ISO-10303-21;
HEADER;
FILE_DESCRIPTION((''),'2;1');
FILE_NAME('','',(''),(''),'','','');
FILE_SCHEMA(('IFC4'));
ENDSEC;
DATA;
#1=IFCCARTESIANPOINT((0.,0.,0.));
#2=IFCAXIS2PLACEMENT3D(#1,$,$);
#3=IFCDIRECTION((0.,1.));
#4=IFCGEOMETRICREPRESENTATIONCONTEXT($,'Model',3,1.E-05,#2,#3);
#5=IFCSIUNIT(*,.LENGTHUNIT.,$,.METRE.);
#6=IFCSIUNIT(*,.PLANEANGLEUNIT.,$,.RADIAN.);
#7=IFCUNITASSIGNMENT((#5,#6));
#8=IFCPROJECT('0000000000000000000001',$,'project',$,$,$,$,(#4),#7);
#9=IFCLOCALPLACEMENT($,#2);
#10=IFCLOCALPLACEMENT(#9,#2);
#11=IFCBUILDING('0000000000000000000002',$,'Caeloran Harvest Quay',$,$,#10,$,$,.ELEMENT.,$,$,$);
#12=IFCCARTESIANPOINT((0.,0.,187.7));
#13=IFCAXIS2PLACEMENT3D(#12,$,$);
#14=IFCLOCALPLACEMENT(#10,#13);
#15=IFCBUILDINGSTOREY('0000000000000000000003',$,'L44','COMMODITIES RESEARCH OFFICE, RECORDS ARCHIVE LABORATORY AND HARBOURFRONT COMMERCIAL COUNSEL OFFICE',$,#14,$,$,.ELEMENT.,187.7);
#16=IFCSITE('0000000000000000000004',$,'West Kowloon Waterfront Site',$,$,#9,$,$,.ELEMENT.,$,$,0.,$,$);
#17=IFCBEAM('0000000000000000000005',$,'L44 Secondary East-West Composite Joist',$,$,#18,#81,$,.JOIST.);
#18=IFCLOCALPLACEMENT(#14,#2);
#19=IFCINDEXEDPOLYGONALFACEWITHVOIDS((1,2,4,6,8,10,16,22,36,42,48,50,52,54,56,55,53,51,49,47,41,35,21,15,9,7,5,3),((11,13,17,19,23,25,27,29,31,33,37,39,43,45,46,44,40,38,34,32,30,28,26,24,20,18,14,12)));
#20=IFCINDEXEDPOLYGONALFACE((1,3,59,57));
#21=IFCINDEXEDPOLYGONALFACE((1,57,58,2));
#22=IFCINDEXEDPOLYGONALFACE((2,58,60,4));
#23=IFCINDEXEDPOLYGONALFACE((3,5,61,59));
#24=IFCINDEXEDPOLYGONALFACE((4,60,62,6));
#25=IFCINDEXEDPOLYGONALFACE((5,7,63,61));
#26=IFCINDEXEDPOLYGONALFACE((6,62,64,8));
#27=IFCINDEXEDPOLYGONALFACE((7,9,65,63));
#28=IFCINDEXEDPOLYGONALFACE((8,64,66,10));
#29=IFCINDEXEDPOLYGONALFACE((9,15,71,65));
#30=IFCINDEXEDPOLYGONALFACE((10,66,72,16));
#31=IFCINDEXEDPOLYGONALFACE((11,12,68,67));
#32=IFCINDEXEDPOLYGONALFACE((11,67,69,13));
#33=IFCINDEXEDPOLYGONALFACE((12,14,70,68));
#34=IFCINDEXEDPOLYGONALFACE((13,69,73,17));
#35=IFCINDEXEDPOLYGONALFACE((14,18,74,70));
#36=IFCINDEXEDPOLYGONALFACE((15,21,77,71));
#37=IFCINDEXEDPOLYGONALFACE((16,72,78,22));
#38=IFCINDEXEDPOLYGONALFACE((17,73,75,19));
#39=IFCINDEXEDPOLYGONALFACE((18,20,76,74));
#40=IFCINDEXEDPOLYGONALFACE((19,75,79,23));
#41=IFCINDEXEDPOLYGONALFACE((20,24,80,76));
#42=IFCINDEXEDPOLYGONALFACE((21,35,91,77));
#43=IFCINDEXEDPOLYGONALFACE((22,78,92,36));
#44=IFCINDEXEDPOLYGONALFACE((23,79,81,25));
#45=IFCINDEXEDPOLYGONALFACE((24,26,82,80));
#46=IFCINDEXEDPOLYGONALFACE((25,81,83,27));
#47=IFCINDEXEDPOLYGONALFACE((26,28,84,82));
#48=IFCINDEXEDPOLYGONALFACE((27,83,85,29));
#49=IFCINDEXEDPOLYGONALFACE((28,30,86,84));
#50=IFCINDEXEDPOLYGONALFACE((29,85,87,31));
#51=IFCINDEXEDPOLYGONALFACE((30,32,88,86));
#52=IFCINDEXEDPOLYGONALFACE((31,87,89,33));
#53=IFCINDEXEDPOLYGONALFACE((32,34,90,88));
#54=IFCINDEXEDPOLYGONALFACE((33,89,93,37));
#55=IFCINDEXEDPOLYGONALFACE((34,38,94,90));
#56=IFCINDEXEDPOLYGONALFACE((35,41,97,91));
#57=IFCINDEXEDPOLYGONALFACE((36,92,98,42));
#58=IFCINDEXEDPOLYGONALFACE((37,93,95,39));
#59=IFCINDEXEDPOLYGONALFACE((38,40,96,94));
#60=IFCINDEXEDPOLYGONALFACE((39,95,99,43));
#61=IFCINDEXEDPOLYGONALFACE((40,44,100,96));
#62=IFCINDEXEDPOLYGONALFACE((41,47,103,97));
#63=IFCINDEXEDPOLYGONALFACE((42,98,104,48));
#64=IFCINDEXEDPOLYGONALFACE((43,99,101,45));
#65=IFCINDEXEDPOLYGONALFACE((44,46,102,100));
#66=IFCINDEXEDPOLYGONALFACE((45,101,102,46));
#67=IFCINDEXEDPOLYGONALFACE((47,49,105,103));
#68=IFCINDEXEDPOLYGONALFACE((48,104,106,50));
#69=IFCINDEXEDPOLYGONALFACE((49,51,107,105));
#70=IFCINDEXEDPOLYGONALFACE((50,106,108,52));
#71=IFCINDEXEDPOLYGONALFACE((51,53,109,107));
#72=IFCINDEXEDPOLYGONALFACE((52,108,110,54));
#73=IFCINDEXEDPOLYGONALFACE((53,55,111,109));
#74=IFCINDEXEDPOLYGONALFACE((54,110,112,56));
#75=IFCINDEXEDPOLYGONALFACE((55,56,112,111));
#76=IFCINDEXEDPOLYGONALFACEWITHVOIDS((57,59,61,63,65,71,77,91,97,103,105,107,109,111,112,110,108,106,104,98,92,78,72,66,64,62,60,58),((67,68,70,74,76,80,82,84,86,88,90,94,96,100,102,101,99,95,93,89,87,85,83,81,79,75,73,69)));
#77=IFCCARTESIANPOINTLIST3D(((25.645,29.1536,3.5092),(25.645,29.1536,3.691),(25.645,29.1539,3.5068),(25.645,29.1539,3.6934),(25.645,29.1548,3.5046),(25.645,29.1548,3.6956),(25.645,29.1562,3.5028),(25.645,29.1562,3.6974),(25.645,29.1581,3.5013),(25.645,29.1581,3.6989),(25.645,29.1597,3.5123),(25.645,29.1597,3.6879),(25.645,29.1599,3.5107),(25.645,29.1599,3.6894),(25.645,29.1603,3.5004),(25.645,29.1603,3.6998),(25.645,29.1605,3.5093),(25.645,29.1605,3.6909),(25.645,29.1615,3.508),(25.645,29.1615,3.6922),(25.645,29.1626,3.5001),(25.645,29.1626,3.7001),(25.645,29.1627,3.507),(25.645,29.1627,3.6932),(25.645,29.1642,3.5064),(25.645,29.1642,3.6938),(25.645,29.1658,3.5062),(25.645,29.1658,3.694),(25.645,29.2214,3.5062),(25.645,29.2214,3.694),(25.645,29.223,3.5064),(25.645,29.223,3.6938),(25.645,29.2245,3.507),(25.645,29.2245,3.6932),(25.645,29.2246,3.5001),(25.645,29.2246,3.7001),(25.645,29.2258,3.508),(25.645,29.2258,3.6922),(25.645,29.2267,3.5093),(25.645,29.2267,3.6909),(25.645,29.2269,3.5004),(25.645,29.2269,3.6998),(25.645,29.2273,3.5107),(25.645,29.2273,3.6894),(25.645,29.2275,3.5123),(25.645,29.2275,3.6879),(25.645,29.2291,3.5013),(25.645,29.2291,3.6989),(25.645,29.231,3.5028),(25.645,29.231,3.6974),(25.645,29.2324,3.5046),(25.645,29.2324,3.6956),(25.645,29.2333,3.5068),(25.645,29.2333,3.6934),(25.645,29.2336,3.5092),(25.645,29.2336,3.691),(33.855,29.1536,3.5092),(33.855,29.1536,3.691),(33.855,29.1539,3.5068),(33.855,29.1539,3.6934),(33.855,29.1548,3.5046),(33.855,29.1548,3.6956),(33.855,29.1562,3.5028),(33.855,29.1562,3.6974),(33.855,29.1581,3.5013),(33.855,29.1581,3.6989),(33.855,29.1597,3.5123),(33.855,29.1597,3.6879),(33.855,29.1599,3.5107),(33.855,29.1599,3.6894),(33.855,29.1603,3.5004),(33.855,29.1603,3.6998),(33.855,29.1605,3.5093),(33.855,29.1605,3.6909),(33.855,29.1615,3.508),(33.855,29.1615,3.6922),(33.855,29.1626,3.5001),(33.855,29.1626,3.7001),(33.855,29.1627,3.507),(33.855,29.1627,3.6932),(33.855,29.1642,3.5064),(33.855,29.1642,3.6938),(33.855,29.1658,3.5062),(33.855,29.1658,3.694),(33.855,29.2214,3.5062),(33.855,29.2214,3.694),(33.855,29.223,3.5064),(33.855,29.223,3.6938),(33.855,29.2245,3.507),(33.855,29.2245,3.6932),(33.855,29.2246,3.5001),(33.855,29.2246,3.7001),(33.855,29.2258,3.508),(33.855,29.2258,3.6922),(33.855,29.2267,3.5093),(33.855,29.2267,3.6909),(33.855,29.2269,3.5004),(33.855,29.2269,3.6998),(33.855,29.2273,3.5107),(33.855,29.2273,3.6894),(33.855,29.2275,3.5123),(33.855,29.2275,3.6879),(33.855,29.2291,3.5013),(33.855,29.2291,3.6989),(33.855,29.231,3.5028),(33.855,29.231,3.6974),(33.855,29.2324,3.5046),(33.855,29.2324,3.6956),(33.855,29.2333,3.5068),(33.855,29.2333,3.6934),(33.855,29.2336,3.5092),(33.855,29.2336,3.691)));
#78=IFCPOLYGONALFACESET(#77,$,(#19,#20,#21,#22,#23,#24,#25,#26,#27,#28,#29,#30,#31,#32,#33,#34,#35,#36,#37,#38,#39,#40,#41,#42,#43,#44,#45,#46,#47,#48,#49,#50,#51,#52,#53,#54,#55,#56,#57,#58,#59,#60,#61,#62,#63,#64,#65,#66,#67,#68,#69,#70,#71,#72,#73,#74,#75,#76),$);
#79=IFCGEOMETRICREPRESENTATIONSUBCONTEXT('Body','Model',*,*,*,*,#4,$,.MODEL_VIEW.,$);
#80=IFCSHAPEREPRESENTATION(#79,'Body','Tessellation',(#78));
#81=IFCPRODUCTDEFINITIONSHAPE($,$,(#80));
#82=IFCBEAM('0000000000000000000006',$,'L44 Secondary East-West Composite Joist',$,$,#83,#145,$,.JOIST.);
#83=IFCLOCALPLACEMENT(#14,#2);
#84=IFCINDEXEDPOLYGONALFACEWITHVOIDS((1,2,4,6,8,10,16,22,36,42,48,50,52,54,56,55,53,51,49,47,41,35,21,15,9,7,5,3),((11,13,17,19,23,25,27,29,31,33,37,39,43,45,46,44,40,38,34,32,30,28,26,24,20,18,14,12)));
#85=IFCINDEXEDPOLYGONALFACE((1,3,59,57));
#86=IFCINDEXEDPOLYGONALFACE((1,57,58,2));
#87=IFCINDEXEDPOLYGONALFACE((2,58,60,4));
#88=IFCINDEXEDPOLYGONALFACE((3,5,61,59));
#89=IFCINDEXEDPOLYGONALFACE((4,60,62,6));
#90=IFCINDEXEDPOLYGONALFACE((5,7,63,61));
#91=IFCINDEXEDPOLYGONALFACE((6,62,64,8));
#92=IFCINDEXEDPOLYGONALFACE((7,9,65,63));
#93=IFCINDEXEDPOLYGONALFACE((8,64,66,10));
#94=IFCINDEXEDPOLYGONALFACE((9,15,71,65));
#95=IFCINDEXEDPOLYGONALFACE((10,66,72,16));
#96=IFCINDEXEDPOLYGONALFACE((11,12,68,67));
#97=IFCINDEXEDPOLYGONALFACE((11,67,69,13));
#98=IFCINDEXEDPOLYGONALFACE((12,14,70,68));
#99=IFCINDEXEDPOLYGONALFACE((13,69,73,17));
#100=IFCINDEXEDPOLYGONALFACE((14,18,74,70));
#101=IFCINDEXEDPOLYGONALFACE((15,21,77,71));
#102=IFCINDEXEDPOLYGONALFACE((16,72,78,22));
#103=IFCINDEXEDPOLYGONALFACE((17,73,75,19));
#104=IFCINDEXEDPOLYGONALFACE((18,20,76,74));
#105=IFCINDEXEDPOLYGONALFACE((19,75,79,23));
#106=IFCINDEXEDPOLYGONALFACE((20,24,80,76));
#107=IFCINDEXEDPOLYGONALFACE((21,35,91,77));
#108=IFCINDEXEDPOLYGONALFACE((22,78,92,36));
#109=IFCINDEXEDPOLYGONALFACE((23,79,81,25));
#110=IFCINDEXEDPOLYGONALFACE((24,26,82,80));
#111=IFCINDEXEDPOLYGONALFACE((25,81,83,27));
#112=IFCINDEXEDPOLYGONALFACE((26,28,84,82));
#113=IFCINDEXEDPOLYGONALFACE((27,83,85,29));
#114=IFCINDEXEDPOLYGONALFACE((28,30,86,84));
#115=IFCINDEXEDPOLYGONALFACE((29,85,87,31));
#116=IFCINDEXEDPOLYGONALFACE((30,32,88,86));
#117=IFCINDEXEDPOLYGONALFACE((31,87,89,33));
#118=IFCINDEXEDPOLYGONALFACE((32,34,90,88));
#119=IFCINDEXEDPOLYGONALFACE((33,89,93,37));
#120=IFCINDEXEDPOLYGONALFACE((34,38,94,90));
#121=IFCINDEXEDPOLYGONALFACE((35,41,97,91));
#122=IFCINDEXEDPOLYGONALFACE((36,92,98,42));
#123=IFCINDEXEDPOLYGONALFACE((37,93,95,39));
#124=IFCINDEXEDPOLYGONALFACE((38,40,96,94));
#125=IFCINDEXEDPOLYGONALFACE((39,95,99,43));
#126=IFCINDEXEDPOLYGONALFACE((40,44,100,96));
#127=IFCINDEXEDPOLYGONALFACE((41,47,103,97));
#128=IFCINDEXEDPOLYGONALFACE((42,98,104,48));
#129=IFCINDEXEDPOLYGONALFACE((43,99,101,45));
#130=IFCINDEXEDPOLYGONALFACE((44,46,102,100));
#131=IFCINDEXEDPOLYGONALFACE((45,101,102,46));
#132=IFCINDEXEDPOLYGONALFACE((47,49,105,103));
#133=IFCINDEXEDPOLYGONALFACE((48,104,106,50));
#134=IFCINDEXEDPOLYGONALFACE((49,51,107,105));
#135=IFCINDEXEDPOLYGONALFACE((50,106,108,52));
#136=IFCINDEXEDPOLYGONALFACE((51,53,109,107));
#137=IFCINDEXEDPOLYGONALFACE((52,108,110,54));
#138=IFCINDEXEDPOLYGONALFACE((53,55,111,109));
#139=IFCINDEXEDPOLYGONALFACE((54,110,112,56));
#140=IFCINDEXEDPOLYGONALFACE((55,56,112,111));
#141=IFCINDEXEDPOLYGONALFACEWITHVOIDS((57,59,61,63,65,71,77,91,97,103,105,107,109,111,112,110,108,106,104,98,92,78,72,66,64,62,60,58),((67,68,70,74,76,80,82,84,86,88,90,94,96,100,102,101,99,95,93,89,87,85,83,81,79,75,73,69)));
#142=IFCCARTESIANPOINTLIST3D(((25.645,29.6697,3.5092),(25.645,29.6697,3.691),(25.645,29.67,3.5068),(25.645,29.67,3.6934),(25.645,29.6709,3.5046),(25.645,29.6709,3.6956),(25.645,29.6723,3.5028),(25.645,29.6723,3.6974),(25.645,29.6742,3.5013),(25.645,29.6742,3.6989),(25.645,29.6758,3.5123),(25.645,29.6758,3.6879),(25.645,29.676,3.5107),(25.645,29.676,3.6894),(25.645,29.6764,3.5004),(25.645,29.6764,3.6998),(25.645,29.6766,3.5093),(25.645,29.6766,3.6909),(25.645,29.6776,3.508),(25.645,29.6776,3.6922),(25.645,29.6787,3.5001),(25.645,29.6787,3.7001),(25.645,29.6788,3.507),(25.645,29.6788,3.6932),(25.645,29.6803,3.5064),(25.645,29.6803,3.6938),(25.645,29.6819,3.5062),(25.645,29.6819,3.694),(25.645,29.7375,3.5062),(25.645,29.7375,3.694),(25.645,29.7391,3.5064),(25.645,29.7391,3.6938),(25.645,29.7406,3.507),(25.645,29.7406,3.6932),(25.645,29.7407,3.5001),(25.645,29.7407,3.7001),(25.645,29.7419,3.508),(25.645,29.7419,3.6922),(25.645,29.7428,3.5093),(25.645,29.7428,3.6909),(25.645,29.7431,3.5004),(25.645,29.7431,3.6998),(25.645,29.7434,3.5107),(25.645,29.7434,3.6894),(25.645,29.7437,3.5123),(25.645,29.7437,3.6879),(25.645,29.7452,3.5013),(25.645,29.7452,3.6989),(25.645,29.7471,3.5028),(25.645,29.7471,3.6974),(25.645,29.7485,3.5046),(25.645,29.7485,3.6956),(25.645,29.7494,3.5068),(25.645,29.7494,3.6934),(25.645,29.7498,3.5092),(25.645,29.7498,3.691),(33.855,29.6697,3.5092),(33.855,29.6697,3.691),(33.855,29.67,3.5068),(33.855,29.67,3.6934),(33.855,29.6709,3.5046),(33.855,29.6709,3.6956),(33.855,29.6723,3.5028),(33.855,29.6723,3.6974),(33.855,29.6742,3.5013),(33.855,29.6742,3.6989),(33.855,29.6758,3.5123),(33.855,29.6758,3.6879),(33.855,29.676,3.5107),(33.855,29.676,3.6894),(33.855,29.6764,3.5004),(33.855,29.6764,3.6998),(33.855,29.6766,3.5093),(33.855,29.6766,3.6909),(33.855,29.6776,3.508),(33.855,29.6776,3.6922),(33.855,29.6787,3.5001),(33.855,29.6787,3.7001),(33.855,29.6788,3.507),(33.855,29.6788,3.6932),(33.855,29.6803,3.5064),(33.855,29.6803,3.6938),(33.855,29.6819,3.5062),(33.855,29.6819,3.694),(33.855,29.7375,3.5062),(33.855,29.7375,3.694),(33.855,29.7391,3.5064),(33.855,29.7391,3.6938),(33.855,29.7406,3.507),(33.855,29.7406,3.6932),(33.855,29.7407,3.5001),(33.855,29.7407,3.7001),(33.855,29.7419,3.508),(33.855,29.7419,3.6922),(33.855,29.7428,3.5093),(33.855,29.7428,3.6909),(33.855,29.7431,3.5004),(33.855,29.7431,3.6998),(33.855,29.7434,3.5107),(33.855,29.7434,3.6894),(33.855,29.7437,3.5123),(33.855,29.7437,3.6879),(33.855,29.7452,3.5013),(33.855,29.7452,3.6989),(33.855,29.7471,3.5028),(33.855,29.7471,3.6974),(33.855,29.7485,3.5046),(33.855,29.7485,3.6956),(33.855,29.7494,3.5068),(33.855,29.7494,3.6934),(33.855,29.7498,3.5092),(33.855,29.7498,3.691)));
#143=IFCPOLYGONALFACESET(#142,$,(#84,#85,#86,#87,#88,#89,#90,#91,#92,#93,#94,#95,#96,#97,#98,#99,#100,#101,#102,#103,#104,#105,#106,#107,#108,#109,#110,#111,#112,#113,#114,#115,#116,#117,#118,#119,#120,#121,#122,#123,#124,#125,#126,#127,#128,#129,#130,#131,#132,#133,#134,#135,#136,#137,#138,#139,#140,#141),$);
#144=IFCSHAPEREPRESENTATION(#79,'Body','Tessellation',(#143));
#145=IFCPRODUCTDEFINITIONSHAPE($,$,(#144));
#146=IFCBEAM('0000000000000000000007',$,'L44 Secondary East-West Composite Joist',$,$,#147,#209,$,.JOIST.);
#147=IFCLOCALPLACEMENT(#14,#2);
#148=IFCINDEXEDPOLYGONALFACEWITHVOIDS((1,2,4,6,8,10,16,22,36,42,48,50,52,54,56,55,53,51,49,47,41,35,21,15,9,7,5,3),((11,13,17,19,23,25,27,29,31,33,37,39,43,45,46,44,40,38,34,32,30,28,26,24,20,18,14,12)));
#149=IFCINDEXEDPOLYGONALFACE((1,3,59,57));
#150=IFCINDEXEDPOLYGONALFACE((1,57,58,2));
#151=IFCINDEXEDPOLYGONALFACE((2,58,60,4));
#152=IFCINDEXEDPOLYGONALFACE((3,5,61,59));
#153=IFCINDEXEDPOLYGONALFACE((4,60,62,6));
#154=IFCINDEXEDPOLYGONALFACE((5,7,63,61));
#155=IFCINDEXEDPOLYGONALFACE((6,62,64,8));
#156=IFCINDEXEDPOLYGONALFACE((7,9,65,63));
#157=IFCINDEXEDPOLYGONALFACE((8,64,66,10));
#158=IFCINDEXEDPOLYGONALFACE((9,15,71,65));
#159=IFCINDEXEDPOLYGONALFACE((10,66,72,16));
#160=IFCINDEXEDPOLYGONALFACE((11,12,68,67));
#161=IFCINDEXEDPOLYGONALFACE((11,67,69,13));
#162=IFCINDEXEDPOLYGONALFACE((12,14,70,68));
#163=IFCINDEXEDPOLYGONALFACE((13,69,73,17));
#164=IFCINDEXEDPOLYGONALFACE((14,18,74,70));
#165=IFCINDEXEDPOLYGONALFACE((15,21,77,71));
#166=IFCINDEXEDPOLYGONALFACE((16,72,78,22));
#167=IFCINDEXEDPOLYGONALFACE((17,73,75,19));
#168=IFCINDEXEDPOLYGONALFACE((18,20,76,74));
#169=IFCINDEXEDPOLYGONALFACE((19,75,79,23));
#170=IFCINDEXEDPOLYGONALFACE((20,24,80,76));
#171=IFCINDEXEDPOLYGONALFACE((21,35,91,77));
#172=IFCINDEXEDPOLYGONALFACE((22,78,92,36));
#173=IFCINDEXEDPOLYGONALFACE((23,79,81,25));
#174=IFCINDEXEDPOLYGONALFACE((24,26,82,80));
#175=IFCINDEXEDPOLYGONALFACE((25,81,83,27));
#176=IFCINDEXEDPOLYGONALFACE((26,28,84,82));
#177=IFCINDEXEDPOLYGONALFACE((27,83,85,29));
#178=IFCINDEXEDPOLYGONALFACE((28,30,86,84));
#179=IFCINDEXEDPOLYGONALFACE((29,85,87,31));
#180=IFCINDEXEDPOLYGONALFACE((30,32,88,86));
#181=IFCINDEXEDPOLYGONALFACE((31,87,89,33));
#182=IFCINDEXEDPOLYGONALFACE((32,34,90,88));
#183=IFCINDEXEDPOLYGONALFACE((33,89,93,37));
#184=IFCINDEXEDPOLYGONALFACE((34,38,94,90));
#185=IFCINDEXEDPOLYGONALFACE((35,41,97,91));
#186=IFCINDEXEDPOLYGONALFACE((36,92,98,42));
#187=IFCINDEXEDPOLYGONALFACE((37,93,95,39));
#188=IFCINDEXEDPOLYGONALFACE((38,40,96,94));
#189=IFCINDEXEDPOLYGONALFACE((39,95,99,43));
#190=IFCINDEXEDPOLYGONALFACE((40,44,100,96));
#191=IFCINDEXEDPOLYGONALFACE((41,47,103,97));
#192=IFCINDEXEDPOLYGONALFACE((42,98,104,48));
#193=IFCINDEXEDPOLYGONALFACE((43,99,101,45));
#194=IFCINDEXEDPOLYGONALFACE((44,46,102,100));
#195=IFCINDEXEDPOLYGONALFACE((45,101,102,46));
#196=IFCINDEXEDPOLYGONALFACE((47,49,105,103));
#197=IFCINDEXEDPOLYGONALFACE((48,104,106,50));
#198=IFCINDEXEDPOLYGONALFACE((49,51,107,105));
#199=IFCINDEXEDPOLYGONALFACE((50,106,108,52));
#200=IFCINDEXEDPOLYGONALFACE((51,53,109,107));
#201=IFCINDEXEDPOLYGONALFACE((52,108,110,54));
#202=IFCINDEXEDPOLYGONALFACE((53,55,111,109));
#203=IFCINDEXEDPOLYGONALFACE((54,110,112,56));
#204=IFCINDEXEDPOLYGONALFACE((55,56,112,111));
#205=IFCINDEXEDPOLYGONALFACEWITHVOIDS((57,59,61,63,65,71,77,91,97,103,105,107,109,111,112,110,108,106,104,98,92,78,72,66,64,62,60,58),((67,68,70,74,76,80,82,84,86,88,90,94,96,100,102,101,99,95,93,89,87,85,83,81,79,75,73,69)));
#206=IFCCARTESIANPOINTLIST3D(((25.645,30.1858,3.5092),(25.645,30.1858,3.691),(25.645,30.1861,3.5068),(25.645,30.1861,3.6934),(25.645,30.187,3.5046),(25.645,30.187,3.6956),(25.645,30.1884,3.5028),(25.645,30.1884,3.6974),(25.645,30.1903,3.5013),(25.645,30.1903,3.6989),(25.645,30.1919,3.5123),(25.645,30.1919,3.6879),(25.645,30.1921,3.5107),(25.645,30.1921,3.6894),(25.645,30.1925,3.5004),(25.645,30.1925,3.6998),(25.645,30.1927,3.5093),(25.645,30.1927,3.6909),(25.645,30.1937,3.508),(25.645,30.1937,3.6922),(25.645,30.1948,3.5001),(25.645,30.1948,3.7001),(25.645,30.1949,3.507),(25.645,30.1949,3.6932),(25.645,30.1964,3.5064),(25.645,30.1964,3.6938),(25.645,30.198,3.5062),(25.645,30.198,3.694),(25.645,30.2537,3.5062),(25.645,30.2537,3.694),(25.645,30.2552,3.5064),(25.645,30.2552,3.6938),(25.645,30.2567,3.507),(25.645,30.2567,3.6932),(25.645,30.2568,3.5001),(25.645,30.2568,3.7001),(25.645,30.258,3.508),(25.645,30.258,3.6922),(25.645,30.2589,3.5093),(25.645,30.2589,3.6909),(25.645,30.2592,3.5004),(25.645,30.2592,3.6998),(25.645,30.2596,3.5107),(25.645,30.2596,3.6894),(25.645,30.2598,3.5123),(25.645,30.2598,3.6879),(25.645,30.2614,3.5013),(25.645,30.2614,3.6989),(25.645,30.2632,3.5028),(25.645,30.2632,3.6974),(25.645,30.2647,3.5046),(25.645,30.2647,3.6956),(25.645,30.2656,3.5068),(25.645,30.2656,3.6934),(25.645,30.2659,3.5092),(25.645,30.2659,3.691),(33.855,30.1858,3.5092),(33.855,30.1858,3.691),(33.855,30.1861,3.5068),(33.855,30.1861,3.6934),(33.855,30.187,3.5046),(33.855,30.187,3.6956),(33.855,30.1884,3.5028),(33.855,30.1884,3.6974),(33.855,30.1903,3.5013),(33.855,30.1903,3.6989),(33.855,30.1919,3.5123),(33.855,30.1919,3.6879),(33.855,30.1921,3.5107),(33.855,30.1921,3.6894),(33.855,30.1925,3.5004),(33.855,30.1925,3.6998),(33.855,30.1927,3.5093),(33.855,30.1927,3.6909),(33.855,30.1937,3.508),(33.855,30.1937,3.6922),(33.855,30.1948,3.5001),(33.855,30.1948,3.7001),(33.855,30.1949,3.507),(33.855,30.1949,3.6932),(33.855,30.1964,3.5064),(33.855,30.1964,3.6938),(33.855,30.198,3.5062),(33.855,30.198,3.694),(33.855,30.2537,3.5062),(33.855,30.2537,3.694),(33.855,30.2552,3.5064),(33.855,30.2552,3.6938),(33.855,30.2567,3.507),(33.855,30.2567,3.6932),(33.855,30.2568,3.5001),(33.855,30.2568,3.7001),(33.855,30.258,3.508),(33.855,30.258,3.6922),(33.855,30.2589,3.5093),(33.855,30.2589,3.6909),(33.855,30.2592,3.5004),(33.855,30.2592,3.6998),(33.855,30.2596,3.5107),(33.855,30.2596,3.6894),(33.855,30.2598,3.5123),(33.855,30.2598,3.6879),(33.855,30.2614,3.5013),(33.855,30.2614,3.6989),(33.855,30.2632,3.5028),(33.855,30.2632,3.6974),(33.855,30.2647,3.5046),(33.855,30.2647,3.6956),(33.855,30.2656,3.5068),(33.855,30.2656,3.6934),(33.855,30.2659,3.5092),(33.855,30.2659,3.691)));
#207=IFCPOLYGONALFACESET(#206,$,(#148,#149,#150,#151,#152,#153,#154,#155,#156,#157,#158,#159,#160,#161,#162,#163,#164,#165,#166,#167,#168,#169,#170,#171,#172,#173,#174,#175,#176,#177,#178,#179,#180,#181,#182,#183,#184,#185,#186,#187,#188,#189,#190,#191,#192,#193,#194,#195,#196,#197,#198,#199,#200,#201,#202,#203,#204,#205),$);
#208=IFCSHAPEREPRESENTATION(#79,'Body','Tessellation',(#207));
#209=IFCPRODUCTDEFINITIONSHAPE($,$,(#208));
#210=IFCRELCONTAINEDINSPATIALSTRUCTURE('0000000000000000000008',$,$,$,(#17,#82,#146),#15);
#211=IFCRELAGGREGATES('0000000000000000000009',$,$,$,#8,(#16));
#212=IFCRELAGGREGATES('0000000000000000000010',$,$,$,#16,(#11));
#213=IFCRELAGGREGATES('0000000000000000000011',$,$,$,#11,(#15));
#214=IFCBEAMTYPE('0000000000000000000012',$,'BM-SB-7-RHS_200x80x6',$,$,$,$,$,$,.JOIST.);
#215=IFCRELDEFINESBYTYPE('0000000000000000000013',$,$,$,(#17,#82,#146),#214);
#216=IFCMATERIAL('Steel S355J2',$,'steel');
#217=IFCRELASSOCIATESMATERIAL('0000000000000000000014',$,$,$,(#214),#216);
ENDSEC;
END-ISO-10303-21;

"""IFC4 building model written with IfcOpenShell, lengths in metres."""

from ifc_helpers import new_model, si_unit, direction, frame, origin, origin_2d, place, context, subcontext, project, spatial, hollow_rectangle, extrude, material, material_profile, profile_set, type_object, element, save


model = new_model("IFC4")

# Units and contexts
model_context = context("Model", 3, precision=1e-05, world=origin(), true_north=direction((0.0, 1.0)))
body_context = subcontext(model_context, "Body", "Model", "MODEL_VIEW")
ifc_project = project(units=[si_unit("LENGTHUNIT", "METRE"), si_unit("PLANEANGLEUNIT", "RADIAN")], contexts=[model_context])

# Site, building, storey
site_placement = place(None, origin())
site = spatial("IfcSite", under=ifc_project, at=site_placement, Name="West Kowloon Waterfront Site", CompositionType="ELEMENT", RefElevation=0.0)
building_placement = place(site_placement, origin())
building = spatial("IfcBuilding", under=site, at=building_placement, Name="Caeloran Harvest Quay", CompositionType="ELEMENT")
storey_placement = place(building_placement, frame((0.0, 0.0, 187.7)))
storey = spatial("IfcBuildingStorey", under=building, at=storey_placement, Name="L44", Description="COMMODITIES RESEARCH OFFICE, RECORDS ARCHIVE LABORATORY AND HARBOURFRONT COMMERCIAL COUNSEL OFFICE", CompositionType="ELEMENT", Elevation=187.7)

# Beams
ifc_material_1 = material(Name="Steel S355J2", Category="steel")
ifc_material_profile_1 = material_profile(ifc_material_1, hollow_rectangle(XDim=0.0801, YDim=0.2, WallThickness=0.0061, InnerFilletRadius=0.0061, OuterFilletRadius=0.009, at=origin_2d()), Name="RHS 200x80x6")
ifc_profile_set_1 = profile_set([ifc_material_profile_1], Name="Steel S355J2")
beam_type_1 = type_object("IfcBeamType", Name="BM-SB-7-RHS_200x80x6", PredefinedType="JOIST", material=ifc_profile_set_1)
for number, where, z_axis, x_axis, name in (
    (1, (25.645, 29.1936, 3.6001), (1.0, 0.0, 0.0), (0.0, 1.0, 0.0), "L44 Secondary East-West Composite Joist"),
    (2, (25.645, 29.7097, 3.6001), (1.0, 0.0, 0.0), (0.0, 1.0, 0.0), "L44 Secondary East-West Composite Joist"),
    (3, (25.645, 30.2258, 3.6001), (1.0, 0.0, 0.0), (0.0, 1.0, 0.0), "L44 Secondary East-West Composite Joist"),
):
    element("IfcBeam", number, at=place(storey_placement, frame(where, z_axis=z_axis, x_axis=x_axis)), inside=storey, type_object=beam_type_1, Name=name, PredefinedType="JOIST", context=body_context, shape_type="SweptSolid", body=[
        extrude(hollow_rectangle(XDim=0.0801, YDim=0.2, WallThickness=0.0061, InnerFilletRadius=0.0061, OuterFilletRadius=0.009, at=origin_2d()), origin(), (0.0, 0.0, 1.0), 8.21),
    ])

save(model, "model.ifc")
